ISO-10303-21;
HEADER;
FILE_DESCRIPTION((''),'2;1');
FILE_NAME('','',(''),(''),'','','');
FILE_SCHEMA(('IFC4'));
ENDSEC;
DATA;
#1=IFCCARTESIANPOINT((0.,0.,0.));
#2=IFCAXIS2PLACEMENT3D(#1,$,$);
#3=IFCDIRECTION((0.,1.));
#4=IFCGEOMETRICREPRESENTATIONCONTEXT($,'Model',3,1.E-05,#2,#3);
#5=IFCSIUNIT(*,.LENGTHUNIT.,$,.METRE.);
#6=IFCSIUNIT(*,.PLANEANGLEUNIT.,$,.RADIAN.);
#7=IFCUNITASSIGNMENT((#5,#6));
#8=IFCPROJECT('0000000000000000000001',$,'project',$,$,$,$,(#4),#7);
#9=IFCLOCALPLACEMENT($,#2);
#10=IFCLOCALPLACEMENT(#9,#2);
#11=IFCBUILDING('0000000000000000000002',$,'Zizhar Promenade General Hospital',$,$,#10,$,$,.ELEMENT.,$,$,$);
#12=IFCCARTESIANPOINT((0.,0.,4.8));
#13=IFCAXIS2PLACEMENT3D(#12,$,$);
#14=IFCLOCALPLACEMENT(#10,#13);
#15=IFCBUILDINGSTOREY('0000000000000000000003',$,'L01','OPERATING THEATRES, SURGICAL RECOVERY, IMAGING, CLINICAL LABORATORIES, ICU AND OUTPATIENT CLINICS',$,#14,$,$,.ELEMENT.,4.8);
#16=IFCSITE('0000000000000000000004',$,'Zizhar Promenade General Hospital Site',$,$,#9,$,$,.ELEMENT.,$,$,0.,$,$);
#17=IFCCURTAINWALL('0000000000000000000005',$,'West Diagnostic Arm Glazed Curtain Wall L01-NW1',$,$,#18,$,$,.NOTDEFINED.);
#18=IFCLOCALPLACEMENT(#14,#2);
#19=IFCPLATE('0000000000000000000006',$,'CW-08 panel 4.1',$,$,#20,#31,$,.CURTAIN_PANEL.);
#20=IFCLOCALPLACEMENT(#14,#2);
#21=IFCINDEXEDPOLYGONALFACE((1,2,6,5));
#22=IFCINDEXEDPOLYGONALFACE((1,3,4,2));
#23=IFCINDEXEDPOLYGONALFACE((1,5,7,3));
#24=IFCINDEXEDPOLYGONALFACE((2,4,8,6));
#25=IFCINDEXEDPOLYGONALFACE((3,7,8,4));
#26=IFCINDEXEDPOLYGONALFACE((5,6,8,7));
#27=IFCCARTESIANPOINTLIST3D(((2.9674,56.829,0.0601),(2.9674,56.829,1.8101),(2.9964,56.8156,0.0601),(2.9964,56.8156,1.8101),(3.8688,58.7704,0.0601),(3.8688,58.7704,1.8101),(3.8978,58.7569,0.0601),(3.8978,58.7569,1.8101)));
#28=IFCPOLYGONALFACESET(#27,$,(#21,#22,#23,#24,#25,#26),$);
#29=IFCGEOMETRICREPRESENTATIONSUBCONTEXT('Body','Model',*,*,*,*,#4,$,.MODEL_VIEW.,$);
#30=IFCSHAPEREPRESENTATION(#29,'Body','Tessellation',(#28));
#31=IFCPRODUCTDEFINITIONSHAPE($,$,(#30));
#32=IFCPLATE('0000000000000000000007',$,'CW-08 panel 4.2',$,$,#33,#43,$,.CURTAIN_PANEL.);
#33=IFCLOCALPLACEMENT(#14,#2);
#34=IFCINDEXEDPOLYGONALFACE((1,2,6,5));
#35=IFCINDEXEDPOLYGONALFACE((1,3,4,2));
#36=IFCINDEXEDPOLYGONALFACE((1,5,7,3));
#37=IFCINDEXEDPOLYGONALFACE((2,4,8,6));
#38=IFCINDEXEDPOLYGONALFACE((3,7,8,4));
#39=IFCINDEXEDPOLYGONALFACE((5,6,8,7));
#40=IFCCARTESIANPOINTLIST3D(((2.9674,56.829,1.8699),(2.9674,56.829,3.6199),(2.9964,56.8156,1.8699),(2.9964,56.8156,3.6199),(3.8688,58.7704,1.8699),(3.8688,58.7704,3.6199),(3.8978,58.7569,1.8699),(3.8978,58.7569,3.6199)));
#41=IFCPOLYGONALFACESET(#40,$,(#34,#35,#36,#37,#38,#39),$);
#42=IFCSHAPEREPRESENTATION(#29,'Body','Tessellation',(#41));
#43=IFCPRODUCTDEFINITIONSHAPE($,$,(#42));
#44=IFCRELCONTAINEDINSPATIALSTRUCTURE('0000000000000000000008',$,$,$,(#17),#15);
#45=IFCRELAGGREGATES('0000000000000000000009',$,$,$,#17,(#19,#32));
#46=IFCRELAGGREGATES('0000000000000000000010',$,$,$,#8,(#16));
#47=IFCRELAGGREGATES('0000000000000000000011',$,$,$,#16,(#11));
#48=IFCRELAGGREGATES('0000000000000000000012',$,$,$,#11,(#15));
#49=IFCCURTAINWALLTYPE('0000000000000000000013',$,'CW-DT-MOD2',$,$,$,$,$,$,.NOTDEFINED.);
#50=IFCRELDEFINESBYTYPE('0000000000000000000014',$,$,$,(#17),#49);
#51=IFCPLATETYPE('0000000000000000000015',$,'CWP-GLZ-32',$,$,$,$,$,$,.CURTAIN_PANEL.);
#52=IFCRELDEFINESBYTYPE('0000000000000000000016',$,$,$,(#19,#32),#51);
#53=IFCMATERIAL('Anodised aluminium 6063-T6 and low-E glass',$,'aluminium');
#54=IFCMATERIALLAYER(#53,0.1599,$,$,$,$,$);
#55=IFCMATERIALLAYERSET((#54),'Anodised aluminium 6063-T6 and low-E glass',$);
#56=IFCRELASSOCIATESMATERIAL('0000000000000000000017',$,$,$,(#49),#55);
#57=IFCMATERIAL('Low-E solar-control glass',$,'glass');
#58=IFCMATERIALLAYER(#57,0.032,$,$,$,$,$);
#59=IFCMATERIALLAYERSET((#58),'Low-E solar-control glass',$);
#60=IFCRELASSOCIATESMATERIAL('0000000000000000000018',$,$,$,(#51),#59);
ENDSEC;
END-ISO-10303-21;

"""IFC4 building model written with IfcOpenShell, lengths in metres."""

from ifc_helpers import new_model, si_unit, direction, frame, origin, origin_2d, place, context, subcontext, project, spatial, rectangle, extrude, material, layer, layer_set, type_object, element, aggregate, save


model = new_model("IFC4")

# Units and contexts
model_context = context("Model", 3, precision=1e-05, world=origin(), true_north=direction((0.0, 1.0)))
body_context = subcontext(model_context, "Body", "Model", "MODEL_VIEW")
ifc_project = project(units=[si_unit("LENGTHUNIT", "METRE"), si_unit("PLANEANGLEUNIT", "RADIAN")], contexts=[model_context])

# Site, building, storey
site_placement = place(None, origin())
site = spatial("IfcSite", under=ifc_project, at=site_placement, Name="Zizhar Promenade General Hospital Site", CompositionType="ELEMENT", RefElevation=0.0)
building_placement = place(site_placement, origin())
building = spatial("IfcBuilding", under=site, at=building_placement, Name="Zizhar Promenade General Hospital", CompositionType="ELEMENT")
storey_placement = place(building_placement, frame((0.0, 0.0, 4.8)))
storey = spatial("IfcBuildingStorey", under=building, at=storey_placement, Name="L01", Description="OPERATING THEATRES, SURGICAL RECOVERY, IMAGING, CLINICAL LABORATORIES, ICU AND OUTPATIENT CLINICS", CompositionType="ELEMENT", Elevation=4.8)

# Curtain wall, plates
ifc_material_1 = material(Name="Anodised aluminium 6063-T6 and low-E glass", Category="aluminium")
ifc_layer_1 = layer(ifc_material_1, 0.1599)
ifc_layer_set_1 = layer_set([ifc_layer_1], Name="Anodised aluminium 6063-T6 and low-E glass")
curtain_wall_type = type_object("IfcCurtainWallType", Name="CW-DT-MOD2", PredefinedType="NOTDEFINED", material=ifc_layer_set_1)
curtain_wall_placement = place(storey_placement, origin())
curtain_wall = element("IfcCurtainWall", 1, at=curtain_wall_placement, inside=storey, type_object=curtain_wall_type, Name="West Diagnostic Arm Glazed Curtain Wall L01-NW1", PredefinedType="NOTDEFINED")
ifc_material_2 = material(Name="Low-E solar-control glass", Category="glass")
ifc_layer_2 = layer(ifc_material_2, 0.032)
ifc_layer_set_2 = layer_set([ifc_layer_2], Name="Low-E solar-control glass")
plate_type = type_object("IfcPlateType", Name="CWP-GLZ-32", PredefinedType="CURTAIN_PANEL", material=ifc_layer_set_2)
plate_1_placement = place(storey_placement, frame((3.4326, 57.793, 0.0601), z_axis=(0.0, 0.0, 1.0), x_axis=(0.421115, 0.907007, 0.0)))
plate_1 = element("IfcPlate", 2, at=plate_1_placement, type_object=plate_type, Name="CW-08 panel 4.1", PredefinedType="CURTAIN_PANEL", context=body_context, shape_type="SweptSolid", body=[
    extrude(rectangle(XDim=2.1404, YDim=0.032, at=origin_2d()), origin(), (0.0, 0.0, 1.0), 1.75),
])
plate_2_placement = place(storey_placement, frame((3.4326, 57.793, 1.8699), z_axis=(0.0, 0.0, 1.0), x_axis=(0.421115, 0.907007, 0.0)))
plate_2 = element("IfcPlate", 3, at=plate_2_placement, type_object=plate_type, Name="CW-08 panel 4.2", PredefinedType="CURTAIN_PANEL", context=body_context, shape_type="SweptSolid", body=[
    extrude(rectangle(XDim=2.1404, YDim=0.032, at=origin_2d()), origin(), (0.0, 0.0, 1.0), 1.75),
])
aggregate(curtain_wall, [plate_1, plate_2])

save(model, "model.ifc")
